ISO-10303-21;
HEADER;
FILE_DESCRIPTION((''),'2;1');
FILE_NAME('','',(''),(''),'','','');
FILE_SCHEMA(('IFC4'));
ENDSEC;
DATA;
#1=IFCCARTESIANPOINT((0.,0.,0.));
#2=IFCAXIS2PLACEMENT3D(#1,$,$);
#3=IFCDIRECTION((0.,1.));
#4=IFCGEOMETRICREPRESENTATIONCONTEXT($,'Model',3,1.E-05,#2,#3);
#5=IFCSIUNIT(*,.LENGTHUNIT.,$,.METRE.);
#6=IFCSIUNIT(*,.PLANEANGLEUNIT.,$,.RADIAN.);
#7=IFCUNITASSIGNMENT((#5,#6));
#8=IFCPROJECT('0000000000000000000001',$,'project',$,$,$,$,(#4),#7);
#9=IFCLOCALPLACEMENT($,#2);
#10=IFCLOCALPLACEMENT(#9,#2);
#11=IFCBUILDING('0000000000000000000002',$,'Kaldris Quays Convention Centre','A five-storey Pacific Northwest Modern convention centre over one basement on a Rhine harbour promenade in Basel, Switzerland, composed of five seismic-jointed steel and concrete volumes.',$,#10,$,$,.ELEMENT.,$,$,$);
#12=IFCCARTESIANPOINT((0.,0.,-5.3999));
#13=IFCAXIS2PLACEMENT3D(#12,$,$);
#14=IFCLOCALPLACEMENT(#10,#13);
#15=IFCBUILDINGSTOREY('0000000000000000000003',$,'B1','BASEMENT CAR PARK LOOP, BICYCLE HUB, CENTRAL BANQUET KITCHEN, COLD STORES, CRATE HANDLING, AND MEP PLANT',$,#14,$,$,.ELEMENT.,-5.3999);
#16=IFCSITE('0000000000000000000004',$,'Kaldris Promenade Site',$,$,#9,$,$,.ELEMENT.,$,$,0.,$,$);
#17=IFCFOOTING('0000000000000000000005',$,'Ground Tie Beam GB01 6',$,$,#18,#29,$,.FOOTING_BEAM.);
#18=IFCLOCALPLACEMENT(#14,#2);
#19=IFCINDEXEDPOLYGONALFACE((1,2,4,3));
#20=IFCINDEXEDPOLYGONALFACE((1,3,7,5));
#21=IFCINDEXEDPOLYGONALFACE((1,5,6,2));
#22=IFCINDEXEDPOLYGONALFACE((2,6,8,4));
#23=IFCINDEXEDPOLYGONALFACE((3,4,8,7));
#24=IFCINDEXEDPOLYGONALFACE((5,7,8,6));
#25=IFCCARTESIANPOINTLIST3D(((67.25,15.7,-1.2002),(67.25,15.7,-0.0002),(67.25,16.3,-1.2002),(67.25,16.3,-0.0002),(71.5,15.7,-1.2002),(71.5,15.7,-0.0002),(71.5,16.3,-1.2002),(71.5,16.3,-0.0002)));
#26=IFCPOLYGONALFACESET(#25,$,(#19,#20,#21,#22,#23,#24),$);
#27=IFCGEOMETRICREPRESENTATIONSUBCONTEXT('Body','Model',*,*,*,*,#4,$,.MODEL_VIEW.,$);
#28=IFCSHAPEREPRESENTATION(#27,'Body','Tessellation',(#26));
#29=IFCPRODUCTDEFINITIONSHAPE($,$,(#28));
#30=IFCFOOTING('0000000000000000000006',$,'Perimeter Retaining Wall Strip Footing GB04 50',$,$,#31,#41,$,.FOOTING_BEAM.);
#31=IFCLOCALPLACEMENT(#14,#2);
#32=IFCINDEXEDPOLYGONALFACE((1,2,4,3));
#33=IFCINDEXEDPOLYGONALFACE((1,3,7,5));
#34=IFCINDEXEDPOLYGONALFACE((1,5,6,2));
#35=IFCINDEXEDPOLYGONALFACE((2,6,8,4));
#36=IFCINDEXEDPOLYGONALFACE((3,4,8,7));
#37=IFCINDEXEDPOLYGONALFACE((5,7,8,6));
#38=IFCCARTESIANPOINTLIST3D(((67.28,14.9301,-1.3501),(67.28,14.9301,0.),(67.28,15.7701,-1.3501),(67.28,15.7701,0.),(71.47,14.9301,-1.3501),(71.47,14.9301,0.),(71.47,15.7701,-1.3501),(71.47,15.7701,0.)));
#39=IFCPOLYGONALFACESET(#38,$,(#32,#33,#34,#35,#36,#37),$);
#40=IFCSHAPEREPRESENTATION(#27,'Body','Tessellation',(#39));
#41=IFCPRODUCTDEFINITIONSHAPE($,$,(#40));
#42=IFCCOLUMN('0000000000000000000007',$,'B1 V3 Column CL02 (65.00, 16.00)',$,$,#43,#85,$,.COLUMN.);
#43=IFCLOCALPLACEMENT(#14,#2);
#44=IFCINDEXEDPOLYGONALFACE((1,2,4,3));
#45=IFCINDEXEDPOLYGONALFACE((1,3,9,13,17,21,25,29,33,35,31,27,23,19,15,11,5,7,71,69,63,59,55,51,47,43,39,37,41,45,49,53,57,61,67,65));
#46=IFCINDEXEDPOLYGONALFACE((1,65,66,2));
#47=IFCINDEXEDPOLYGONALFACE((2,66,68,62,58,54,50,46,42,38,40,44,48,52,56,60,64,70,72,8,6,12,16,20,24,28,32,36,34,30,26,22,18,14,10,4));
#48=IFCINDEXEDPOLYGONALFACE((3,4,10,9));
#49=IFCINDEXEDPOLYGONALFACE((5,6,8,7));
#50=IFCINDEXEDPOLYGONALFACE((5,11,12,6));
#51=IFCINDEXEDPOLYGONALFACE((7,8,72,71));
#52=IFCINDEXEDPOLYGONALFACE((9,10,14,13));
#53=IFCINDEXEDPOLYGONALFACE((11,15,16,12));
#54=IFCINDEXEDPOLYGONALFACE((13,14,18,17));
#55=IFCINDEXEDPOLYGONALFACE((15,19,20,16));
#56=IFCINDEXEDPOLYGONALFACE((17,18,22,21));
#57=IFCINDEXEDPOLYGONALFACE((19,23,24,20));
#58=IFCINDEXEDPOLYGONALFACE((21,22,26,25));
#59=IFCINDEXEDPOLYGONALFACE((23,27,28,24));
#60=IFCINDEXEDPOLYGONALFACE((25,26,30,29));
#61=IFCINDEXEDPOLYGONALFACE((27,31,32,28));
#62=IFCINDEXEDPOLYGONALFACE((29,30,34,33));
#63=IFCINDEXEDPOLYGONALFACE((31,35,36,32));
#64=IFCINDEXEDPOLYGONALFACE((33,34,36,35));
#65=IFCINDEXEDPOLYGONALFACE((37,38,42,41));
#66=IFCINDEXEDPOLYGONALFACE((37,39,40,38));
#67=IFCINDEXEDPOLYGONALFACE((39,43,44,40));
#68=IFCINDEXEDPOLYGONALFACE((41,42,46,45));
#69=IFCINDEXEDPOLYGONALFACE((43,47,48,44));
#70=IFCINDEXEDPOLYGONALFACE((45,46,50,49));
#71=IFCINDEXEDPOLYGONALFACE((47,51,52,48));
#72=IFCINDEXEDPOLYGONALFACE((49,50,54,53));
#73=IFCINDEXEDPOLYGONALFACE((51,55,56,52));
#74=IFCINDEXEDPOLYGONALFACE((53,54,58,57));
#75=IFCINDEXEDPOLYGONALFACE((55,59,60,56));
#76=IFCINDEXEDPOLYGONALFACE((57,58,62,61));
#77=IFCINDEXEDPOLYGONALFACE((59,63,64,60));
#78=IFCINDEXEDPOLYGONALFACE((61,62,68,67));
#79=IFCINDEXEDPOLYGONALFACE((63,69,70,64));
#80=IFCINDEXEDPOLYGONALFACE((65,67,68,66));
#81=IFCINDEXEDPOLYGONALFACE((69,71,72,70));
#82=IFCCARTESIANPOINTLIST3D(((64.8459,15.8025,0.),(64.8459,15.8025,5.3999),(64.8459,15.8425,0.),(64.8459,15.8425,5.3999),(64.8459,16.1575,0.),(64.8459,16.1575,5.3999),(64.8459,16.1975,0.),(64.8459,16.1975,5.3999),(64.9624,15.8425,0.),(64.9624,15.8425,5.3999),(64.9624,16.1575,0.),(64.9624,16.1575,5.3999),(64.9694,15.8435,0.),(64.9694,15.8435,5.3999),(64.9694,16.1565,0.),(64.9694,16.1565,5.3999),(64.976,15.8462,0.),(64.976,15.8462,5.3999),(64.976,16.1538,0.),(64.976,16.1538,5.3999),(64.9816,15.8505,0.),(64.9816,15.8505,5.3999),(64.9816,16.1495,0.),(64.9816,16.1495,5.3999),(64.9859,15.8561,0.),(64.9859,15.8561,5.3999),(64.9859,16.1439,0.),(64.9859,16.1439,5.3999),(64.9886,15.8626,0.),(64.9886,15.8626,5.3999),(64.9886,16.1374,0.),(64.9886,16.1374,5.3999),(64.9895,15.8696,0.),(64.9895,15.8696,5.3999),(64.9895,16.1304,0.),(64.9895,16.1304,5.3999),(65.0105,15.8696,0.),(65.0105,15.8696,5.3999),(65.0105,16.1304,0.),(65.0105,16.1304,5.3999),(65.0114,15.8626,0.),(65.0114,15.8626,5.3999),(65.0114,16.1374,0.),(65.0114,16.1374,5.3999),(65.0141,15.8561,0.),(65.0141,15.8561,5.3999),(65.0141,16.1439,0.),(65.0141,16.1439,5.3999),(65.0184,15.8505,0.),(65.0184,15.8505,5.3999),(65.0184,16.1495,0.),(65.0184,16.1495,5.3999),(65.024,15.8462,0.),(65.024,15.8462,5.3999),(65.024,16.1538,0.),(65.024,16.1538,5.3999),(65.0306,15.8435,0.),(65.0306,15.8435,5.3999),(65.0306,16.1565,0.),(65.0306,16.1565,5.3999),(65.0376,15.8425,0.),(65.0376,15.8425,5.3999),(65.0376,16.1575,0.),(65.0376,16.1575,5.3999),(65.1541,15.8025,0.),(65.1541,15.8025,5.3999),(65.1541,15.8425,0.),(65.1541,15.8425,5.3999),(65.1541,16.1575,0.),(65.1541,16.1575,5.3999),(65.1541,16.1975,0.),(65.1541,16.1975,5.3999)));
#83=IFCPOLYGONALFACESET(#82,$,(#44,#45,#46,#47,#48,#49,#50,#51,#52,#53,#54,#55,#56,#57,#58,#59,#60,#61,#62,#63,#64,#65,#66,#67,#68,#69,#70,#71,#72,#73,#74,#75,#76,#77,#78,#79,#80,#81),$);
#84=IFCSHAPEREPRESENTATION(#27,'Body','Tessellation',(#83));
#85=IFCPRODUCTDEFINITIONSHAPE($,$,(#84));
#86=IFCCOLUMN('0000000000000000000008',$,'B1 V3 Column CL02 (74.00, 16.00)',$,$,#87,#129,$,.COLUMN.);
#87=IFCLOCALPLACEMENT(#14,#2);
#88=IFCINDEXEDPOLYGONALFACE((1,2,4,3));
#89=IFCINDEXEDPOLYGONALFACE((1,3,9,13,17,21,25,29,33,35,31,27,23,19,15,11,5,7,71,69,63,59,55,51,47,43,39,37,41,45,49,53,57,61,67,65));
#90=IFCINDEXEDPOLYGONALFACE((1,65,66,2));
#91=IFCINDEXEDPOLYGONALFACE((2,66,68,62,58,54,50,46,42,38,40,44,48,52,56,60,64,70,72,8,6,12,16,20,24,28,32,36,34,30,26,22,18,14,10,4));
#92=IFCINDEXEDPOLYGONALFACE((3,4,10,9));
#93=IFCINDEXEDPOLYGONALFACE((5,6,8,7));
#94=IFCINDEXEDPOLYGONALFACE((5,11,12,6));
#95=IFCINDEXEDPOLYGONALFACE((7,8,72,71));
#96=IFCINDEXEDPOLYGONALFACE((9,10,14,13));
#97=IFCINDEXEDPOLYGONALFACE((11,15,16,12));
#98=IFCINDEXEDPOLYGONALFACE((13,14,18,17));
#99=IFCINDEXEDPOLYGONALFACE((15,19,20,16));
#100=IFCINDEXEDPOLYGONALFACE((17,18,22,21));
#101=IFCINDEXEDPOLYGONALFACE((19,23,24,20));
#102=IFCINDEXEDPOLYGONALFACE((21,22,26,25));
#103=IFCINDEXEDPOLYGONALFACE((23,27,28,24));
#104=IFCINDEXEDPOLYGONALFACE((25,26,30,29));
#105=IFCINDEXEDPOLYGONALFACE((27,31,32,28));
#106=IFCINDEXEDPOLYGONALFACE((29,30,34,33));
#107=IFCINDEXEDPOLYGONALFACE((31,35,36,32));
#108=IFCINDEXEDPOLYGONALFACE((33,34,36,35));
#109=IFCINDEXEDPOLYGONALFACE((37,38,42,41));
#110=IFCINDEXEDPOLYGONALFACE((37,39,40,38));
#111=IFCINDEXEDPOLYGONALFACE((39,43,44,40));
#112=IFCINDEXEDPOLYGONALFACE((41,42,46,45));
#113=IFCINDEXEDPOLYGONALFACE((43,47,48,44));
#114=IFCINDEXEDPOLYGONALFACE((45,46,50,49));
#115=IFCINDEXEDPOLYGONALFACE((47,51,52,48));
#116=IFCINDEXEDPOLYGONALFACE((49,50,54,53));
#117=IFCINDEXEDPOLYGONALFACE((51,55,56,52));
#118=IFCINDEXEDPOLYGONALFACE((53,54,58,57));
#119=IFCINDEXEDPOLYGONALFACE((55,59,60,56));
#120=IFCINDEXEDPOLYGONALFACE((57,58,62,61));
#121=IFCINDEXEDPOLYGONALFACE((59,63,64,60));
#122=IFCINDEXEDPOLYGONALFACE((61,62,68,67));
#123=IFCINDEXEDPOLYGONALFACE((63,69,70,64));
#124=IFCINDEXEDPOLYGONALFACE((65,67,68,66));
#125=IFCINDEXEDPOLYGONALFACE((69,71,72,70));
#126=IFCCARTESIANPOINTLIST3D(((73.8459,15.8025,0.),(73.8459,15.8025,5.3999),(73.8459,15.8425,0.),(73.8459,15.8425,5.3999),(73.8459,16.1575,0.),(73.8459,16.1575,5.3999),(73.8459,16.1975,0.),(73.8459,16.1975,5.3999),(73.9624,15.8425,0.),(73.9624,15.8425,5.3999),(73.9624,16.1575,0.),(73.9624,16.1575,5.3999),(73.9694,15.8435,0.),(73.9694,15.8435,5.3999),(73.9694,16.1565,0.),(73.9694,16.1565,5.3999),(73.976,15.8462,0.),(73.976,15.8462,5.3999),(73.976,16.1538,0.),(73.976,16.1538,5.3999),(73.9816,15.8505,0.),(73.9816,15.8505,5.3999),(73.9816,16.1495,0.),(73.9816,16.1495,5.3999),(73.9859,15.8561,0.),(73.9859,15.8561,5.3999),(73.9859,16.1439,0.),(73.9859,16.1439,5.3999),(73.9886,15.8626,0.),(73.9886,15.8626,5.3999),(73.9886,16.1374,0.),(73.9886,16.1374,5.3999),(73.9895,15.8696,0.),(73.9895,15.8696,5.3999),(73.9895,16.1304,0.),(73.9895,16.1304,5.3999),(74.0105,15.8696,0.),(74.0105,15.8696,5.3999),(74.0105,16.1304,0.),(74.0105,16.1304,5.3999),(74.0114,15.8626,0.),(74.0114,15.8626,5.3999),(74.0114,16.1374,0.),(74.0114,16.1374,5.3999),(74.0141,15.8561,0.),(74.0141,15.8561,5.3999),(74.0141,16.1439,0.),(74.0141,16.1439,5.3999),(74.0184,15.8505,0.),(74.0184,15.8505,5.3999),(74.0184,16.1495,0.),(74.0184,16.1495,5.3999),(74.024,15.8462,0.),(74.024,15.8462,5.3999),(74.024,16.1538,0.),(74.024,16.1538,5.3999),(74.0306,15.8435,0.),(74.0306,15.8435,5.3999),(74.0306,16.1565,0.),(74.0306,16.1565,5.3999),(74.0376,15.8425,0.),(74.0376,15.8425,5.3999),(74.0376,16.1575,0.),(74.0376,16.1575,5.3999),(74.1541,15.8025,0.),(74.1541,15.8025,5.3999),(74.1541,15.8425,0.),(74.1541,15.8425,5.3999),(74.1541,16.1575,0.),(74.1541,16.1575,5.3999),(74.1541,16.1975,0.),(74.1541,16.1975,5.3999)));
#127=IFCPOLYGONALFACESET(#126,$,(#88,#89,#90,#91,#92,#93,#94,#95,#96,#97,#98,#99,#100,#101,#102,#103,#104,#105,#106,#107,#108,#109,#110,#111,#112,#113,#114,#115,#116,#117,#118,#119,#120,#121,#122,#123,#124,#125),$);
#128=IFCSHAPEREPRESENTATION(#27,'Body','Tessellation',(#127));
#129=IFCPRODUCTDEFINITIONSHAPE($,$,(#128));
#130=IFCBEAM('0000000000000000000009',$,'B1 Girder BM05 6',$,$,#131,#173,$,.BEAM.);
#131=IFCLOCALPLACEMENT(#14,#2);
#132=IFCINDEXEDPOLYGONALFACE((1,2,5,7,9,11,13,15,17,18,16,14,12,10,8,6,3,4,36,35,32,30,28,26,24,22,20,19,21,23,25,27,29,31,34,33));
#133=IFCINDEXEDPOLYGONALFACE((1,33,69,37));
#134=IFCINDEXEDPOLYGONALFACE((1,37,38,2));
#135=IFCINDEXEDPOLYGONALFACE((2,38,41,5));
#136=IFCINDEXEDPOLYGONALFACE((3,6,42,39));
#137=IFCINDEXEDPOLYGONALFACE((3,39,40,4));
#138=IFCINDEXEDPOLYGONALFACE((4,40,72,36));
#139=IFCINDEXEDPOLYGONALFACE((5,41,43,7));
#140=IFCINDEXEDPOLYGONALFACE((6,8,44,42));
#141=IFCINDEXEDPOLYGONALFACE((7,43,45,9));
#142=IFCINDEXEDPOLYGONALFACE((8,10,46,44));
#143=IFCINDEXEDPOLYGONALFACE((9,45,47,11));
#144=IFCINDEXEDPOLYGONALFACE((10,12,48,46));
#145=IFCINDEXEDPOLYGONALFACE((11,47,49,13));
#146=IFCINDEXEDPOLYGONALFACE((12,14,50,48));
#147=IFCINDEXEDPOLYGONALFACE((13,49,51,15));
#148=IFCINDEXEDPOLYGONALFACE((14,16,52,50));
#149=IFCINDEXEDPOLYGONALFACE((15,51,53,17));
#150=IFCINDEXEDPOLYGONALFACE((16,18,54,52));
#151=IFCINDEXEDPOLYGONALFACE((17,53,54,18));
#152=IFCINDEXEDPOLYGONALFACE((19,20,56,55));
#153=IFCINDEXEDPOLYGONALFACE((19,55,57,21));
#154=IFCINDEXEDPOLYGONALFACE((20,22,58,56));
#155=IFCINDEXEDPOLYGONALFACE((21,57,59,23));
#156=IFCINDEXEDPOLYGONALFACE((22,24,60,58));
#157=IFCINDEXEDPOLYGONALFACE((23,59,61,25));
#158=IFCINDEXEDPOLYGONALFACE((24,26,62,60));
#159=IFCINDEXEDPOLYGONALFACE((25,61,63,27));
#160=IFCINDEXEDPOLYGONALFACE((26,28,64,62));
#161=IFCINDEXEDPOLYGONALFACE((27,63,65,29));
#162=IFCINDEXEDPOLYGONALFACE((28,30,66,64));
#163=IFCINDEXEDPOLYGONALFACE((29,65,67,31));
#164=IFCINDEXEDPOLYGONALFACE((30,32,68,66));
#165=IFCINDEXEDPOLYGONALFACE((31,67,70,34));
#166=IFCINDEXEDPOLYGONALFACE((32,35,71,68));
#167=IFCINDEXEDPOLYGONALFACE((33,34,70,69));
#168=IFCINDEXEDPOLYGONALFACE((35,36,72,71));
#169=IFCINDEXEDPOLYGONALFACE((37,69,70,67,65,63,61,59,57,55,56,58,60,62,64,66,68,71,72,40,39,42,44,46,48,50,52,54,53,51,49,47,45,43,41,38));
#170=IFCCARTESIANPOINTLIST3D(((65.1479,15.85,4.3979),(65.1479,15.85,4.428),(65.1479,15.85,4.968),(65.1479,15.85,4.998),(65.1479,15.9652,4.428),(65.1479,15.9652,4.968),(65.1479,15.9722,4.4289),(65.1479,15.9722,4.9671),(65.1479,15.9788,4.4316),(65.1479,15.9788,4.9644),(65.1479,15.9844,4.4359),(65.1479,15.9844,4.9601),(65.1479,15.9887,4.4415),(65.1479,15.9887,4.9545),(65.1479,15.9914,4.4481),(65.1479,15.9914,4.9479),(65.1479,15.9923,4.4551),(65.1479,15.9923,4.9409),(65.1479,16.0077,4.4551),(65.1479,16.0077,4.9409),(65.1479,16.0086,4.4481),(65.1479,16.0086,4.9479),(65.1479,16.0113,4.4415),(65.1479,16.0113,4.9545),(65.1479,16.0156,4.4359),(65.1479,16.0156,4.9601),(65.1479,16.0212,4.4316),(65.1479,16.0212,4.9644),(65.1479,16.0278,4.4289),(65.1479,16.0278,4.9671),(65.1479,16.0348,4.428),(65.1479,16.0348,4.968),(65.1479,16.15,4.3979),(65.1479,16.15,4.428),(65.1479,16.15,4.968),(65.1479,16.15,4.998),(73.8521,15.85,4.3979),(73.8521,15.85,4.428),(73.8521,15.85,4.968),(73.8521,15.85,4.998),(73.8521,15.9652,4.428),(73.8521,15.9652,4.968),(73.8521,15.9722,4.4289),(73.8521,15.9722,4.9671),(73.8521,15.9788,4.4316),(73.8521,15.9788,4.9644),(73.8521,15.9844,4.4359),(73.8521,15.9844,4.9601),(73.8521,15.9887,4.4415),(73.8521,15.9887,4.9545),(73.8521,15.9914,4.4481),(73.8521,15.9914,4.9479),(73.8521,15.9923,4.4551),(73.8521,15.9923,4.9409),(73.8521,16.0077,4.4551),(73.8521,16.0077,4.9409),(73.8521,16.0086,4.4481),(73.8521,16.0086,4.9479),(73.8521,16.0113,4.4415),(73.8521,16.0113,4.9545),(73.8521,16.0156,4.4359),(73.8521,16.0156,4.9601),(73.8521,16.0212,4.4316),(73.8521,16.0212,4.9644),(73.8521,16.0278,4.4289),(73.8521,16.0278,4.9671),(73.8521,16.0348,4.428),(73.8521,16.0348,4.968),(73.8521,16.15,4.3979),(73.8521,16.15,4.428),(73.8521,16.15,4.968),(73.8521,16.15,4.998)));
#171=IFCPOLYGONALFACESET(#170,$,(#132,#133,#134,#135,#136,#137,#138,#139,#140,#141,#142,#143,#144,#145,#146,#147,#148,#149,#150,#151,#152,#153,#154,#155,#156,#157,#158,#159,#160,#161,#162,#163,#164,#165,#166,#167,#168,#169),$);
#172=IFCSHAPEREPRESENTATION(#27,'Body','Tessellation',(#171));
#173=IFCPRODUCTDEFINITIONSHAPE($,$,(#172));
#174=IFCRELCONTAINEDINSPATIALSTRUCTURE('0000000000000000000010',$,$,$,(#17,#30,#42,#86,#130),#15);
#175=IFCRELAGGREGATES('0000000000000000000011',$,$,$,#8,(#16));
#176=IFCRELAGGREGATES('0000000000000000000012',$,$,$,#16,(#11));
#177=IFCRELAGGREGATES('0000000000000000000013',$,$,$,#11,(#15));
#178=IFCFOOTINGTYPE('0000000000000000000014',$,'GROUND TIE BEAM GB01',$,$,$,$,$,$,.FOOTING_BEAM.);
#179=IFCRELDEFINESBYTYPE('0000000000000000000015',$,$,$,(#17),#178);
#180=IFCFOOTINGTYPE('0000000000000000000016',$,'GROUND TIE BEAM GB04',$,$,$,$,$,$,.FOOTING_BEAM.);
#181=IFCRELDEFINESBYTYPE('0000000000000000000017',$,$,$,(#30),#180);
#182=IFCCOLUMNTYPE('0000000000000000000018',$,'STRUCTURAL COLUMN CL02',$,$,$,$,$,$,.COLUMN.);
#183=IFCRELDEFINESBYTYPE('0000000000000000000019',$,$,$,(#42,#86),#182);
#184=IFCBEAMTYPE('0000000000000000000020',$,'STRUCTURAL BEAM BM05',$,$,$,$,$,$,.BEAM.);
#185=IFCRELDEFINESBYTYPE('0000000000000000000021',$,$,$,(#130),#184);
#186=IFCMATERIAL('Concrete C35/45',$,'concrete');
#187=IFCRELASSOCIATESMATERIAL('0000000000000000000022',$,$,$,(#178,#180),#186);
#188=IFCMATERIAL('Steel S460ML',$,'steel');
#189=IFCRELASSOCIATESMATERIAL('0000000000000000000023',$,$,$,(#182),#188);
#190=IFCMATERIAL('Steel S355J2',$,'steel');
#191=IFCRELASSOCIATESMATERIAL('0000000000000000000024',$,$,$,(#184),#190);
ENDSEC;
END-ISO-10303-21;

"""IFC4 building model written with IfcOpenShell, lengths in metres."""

from ifc_helpers import new_model, si_unit, direction, frame, origin, origin_2d, place, context, subcontext, project, spatial, rectangle, i_section, extrude, material, material_profile, profile_set, type_object, element, save


model = new_model("IFC4")

# Units and contexts
model_context = context("Model", 3, precision=1e-05, world=origin(), true_north=direction((0.0, 1.0)))
body_context = subcontext(model_context, "Body", "Model", "MODEL_VIEW")
ifc_project = project(units=[si_unit("LENGTHUNIT", "METRE"), si_unit("PLANEANGLEUNIT", "RADIAN")], contexts=[model_context])

# Site, building, storey
site_placement = place(None, origin())
site = spatial("IfcSite", under=ifc_project, at=site_placement, Name="Kaldris Promenade Site", CompositionType="ELEMENT", RefElevation=0.0)
building_placement = place(site_placement, origin())
building = spatial("IfcBuilding", under=site, at=building_placement, Name="Kaldris Quays Convention Centre", Description="A five-storey Pacific Northwest Modern convention centre over one basement on a Rhine harbour promenade in Basel, Switzerland, composed of five seismic-jointed steel and concrete volumes.", CompositionType="ELEMENT")
storey_placement = place(building_placement, frame((0.0, 0.0, -5.3999)))
storey = spatial("IfcBuildingStorey", under=building, at=storey_placement, Name="B1", Description="BASEMENT CAR PARK LOOP, BICYCLE HUB, CENTRAL BANQUET KITCHEN, COLD STORES, CRATE HANDLING, AND MEP PLANT", CompositionType="ELEMENT", Elevation=-5.3999)

# Shared definitions
ifc_material_1 = material(Name="Concrete C35/45", Category="concrete")

# Footings
footing_type_1 = type_object("IfcFootingType", Name="GROUND TIE BEAM GB01", PredefinedType="FOOTING_BEAM", material=ifc_material_1)
footing_1_placement = place(storey_placement, frame((69.375, 16.0, -1.2002), z_axis=(0.0, 0.0, 1.0), x_axis=(1.0, 0.0, 0.0)))
element("IfcFooting", 1, at=footing_1_placement, inside=storey, type_object=footing_type_1, Name="Ground Tie Beam GB01 6", PredefinedType="FOOTING_BEAM", context=body_context, shape_type="SweptSolid", body=[
    extrude(rectangle(XDim=4.25, YDim=0.6001, at=origin_2d()), origin(), (0.0, 0.0, 1.0), 1.2),
])
footing_type_2 = type_object("IfcFootingType", Name="GROUND TIE BEAM GB04", PredefinedType="FOOTING_BEAM", material=ifc_material_1)
footing_2_placement = place(storey_placement, frame((69.375, 15.3501, -1.3501), z_axis=(0.0, 0.0, 1.0), x_axis=(1.0, 0.0, 0.0)))
element("IfcFooting", 2, at=footing_2_placement, inside=storey, type_object=footing_type_2, Name="Perimeter Retaining Wall Strip Footing GB04 50", PredefinedType="FOOTING_BEAM", context=body_context, shape_type="SweptSolid", body=[
    extrude(rectangle(XDim=4.1899, YDim=0.8401, at=origin_2d()), origin(), (0.0, 0.0, 1.0), 1.3501),
])

# Columns
ifc_material_2 = material(Name="Steel S460ML", Category="steel")
ifc_material_profile_1 = material_profile(ifc_material_2, i_section(OverallWidth=0.3081, OverallDepth=0.395, WebThickness=0.021, FlangeThickness=0.04, FilletRadius=0.0271, at=origin_2d()), Name="HEM 360")
ifc_profile_set_1 = profile_set([ifc_material_profile_1], Name="Steel S460ML")
column_type = type_object("IfcColumnType", Name="STRUCTURAL COLUMN CL02", PredefinedType="COLUMN", material=ifc_profile_set_1)
for number, where, z_axis, x_axis, name in (
    (3, (65.0, 16.0, 0.0), (0.0, 0.0, 1.0), (1.0, 0.0, 0.0), "B1 V3 Column CL02 (65.00, 16.00)"),
    (4, (74.0, 16.0, 0.0), (0.0, 0.0, 1.0), (1.0, 0.0, 0.0), "B1 V3 Column CL02 (74.00, 16.00)"),
):
    element("IfcColumn", number, at=place(storey_placement, frame(where, z_axis=z_axis, x_axis=x_axis)), inside=storey, type_object=column_type, Name=name, PredefinedType="COLUMN", context=body_context, shape_type="SweptSolid", body=[
        extrude(i_section(OverallWidth=0.3081, OverallDepth=0.395, WebThickness=0.021, FlangeThickness=0.04, FilletRadius=0.0271, at=origin_2d()), origin(), (0.0, 0.0, 1.0), 5.3999),
    ])

# Beam
ifc_material_3 = material(Name="Steel S355J2", Category="steel")
ifc_material_profile_2 = material_profile(ifc_material_3, i_section(OverallWidth=0.3, OverallDepth=0.6001, WebThickness=0.0154, FlangeThickness=0.03, FilletRadius=0.0271, at=origin_2d()), Name="HEB 600")
ifc_profile_set_2 = profile_set([ifc_material_profile_2], Name="Steel S355J2")
beam_type_1 = type_object("IfcBeamType", Name="STRUCTURAL BEAM BM05", PredefinedType="BEAM", material=ifc_profile_set_2)
for number, where, z_axis, x_axis, name in (
    (5, (65.1479, 16.0, 4.698), (1.0, 0.0, 0.0), (0.0, 1.0, 0.0), "B1 Girder BM05 6"),
):
    element("IfcBeam", number, at=place(storey_placement, frame(where, z_axis=z_axis, x_axis=x_axis)), inside=storey, type_object=beam_type_1, Name=name, PredefinedType="BEAM", context=body_context, shape_type="SweptSolid", body=[
        extrude(i_section(OverallWidth=0.3, OverallDepth=0.6001, WebThickness=0.0154, FlangeThickness=0.03, FilletRadius=0.0271, at=origin_2d()), origin(), (0.0, 0.0, 1.0), 8.7041),
    ])

save(model, "model.ifc")
